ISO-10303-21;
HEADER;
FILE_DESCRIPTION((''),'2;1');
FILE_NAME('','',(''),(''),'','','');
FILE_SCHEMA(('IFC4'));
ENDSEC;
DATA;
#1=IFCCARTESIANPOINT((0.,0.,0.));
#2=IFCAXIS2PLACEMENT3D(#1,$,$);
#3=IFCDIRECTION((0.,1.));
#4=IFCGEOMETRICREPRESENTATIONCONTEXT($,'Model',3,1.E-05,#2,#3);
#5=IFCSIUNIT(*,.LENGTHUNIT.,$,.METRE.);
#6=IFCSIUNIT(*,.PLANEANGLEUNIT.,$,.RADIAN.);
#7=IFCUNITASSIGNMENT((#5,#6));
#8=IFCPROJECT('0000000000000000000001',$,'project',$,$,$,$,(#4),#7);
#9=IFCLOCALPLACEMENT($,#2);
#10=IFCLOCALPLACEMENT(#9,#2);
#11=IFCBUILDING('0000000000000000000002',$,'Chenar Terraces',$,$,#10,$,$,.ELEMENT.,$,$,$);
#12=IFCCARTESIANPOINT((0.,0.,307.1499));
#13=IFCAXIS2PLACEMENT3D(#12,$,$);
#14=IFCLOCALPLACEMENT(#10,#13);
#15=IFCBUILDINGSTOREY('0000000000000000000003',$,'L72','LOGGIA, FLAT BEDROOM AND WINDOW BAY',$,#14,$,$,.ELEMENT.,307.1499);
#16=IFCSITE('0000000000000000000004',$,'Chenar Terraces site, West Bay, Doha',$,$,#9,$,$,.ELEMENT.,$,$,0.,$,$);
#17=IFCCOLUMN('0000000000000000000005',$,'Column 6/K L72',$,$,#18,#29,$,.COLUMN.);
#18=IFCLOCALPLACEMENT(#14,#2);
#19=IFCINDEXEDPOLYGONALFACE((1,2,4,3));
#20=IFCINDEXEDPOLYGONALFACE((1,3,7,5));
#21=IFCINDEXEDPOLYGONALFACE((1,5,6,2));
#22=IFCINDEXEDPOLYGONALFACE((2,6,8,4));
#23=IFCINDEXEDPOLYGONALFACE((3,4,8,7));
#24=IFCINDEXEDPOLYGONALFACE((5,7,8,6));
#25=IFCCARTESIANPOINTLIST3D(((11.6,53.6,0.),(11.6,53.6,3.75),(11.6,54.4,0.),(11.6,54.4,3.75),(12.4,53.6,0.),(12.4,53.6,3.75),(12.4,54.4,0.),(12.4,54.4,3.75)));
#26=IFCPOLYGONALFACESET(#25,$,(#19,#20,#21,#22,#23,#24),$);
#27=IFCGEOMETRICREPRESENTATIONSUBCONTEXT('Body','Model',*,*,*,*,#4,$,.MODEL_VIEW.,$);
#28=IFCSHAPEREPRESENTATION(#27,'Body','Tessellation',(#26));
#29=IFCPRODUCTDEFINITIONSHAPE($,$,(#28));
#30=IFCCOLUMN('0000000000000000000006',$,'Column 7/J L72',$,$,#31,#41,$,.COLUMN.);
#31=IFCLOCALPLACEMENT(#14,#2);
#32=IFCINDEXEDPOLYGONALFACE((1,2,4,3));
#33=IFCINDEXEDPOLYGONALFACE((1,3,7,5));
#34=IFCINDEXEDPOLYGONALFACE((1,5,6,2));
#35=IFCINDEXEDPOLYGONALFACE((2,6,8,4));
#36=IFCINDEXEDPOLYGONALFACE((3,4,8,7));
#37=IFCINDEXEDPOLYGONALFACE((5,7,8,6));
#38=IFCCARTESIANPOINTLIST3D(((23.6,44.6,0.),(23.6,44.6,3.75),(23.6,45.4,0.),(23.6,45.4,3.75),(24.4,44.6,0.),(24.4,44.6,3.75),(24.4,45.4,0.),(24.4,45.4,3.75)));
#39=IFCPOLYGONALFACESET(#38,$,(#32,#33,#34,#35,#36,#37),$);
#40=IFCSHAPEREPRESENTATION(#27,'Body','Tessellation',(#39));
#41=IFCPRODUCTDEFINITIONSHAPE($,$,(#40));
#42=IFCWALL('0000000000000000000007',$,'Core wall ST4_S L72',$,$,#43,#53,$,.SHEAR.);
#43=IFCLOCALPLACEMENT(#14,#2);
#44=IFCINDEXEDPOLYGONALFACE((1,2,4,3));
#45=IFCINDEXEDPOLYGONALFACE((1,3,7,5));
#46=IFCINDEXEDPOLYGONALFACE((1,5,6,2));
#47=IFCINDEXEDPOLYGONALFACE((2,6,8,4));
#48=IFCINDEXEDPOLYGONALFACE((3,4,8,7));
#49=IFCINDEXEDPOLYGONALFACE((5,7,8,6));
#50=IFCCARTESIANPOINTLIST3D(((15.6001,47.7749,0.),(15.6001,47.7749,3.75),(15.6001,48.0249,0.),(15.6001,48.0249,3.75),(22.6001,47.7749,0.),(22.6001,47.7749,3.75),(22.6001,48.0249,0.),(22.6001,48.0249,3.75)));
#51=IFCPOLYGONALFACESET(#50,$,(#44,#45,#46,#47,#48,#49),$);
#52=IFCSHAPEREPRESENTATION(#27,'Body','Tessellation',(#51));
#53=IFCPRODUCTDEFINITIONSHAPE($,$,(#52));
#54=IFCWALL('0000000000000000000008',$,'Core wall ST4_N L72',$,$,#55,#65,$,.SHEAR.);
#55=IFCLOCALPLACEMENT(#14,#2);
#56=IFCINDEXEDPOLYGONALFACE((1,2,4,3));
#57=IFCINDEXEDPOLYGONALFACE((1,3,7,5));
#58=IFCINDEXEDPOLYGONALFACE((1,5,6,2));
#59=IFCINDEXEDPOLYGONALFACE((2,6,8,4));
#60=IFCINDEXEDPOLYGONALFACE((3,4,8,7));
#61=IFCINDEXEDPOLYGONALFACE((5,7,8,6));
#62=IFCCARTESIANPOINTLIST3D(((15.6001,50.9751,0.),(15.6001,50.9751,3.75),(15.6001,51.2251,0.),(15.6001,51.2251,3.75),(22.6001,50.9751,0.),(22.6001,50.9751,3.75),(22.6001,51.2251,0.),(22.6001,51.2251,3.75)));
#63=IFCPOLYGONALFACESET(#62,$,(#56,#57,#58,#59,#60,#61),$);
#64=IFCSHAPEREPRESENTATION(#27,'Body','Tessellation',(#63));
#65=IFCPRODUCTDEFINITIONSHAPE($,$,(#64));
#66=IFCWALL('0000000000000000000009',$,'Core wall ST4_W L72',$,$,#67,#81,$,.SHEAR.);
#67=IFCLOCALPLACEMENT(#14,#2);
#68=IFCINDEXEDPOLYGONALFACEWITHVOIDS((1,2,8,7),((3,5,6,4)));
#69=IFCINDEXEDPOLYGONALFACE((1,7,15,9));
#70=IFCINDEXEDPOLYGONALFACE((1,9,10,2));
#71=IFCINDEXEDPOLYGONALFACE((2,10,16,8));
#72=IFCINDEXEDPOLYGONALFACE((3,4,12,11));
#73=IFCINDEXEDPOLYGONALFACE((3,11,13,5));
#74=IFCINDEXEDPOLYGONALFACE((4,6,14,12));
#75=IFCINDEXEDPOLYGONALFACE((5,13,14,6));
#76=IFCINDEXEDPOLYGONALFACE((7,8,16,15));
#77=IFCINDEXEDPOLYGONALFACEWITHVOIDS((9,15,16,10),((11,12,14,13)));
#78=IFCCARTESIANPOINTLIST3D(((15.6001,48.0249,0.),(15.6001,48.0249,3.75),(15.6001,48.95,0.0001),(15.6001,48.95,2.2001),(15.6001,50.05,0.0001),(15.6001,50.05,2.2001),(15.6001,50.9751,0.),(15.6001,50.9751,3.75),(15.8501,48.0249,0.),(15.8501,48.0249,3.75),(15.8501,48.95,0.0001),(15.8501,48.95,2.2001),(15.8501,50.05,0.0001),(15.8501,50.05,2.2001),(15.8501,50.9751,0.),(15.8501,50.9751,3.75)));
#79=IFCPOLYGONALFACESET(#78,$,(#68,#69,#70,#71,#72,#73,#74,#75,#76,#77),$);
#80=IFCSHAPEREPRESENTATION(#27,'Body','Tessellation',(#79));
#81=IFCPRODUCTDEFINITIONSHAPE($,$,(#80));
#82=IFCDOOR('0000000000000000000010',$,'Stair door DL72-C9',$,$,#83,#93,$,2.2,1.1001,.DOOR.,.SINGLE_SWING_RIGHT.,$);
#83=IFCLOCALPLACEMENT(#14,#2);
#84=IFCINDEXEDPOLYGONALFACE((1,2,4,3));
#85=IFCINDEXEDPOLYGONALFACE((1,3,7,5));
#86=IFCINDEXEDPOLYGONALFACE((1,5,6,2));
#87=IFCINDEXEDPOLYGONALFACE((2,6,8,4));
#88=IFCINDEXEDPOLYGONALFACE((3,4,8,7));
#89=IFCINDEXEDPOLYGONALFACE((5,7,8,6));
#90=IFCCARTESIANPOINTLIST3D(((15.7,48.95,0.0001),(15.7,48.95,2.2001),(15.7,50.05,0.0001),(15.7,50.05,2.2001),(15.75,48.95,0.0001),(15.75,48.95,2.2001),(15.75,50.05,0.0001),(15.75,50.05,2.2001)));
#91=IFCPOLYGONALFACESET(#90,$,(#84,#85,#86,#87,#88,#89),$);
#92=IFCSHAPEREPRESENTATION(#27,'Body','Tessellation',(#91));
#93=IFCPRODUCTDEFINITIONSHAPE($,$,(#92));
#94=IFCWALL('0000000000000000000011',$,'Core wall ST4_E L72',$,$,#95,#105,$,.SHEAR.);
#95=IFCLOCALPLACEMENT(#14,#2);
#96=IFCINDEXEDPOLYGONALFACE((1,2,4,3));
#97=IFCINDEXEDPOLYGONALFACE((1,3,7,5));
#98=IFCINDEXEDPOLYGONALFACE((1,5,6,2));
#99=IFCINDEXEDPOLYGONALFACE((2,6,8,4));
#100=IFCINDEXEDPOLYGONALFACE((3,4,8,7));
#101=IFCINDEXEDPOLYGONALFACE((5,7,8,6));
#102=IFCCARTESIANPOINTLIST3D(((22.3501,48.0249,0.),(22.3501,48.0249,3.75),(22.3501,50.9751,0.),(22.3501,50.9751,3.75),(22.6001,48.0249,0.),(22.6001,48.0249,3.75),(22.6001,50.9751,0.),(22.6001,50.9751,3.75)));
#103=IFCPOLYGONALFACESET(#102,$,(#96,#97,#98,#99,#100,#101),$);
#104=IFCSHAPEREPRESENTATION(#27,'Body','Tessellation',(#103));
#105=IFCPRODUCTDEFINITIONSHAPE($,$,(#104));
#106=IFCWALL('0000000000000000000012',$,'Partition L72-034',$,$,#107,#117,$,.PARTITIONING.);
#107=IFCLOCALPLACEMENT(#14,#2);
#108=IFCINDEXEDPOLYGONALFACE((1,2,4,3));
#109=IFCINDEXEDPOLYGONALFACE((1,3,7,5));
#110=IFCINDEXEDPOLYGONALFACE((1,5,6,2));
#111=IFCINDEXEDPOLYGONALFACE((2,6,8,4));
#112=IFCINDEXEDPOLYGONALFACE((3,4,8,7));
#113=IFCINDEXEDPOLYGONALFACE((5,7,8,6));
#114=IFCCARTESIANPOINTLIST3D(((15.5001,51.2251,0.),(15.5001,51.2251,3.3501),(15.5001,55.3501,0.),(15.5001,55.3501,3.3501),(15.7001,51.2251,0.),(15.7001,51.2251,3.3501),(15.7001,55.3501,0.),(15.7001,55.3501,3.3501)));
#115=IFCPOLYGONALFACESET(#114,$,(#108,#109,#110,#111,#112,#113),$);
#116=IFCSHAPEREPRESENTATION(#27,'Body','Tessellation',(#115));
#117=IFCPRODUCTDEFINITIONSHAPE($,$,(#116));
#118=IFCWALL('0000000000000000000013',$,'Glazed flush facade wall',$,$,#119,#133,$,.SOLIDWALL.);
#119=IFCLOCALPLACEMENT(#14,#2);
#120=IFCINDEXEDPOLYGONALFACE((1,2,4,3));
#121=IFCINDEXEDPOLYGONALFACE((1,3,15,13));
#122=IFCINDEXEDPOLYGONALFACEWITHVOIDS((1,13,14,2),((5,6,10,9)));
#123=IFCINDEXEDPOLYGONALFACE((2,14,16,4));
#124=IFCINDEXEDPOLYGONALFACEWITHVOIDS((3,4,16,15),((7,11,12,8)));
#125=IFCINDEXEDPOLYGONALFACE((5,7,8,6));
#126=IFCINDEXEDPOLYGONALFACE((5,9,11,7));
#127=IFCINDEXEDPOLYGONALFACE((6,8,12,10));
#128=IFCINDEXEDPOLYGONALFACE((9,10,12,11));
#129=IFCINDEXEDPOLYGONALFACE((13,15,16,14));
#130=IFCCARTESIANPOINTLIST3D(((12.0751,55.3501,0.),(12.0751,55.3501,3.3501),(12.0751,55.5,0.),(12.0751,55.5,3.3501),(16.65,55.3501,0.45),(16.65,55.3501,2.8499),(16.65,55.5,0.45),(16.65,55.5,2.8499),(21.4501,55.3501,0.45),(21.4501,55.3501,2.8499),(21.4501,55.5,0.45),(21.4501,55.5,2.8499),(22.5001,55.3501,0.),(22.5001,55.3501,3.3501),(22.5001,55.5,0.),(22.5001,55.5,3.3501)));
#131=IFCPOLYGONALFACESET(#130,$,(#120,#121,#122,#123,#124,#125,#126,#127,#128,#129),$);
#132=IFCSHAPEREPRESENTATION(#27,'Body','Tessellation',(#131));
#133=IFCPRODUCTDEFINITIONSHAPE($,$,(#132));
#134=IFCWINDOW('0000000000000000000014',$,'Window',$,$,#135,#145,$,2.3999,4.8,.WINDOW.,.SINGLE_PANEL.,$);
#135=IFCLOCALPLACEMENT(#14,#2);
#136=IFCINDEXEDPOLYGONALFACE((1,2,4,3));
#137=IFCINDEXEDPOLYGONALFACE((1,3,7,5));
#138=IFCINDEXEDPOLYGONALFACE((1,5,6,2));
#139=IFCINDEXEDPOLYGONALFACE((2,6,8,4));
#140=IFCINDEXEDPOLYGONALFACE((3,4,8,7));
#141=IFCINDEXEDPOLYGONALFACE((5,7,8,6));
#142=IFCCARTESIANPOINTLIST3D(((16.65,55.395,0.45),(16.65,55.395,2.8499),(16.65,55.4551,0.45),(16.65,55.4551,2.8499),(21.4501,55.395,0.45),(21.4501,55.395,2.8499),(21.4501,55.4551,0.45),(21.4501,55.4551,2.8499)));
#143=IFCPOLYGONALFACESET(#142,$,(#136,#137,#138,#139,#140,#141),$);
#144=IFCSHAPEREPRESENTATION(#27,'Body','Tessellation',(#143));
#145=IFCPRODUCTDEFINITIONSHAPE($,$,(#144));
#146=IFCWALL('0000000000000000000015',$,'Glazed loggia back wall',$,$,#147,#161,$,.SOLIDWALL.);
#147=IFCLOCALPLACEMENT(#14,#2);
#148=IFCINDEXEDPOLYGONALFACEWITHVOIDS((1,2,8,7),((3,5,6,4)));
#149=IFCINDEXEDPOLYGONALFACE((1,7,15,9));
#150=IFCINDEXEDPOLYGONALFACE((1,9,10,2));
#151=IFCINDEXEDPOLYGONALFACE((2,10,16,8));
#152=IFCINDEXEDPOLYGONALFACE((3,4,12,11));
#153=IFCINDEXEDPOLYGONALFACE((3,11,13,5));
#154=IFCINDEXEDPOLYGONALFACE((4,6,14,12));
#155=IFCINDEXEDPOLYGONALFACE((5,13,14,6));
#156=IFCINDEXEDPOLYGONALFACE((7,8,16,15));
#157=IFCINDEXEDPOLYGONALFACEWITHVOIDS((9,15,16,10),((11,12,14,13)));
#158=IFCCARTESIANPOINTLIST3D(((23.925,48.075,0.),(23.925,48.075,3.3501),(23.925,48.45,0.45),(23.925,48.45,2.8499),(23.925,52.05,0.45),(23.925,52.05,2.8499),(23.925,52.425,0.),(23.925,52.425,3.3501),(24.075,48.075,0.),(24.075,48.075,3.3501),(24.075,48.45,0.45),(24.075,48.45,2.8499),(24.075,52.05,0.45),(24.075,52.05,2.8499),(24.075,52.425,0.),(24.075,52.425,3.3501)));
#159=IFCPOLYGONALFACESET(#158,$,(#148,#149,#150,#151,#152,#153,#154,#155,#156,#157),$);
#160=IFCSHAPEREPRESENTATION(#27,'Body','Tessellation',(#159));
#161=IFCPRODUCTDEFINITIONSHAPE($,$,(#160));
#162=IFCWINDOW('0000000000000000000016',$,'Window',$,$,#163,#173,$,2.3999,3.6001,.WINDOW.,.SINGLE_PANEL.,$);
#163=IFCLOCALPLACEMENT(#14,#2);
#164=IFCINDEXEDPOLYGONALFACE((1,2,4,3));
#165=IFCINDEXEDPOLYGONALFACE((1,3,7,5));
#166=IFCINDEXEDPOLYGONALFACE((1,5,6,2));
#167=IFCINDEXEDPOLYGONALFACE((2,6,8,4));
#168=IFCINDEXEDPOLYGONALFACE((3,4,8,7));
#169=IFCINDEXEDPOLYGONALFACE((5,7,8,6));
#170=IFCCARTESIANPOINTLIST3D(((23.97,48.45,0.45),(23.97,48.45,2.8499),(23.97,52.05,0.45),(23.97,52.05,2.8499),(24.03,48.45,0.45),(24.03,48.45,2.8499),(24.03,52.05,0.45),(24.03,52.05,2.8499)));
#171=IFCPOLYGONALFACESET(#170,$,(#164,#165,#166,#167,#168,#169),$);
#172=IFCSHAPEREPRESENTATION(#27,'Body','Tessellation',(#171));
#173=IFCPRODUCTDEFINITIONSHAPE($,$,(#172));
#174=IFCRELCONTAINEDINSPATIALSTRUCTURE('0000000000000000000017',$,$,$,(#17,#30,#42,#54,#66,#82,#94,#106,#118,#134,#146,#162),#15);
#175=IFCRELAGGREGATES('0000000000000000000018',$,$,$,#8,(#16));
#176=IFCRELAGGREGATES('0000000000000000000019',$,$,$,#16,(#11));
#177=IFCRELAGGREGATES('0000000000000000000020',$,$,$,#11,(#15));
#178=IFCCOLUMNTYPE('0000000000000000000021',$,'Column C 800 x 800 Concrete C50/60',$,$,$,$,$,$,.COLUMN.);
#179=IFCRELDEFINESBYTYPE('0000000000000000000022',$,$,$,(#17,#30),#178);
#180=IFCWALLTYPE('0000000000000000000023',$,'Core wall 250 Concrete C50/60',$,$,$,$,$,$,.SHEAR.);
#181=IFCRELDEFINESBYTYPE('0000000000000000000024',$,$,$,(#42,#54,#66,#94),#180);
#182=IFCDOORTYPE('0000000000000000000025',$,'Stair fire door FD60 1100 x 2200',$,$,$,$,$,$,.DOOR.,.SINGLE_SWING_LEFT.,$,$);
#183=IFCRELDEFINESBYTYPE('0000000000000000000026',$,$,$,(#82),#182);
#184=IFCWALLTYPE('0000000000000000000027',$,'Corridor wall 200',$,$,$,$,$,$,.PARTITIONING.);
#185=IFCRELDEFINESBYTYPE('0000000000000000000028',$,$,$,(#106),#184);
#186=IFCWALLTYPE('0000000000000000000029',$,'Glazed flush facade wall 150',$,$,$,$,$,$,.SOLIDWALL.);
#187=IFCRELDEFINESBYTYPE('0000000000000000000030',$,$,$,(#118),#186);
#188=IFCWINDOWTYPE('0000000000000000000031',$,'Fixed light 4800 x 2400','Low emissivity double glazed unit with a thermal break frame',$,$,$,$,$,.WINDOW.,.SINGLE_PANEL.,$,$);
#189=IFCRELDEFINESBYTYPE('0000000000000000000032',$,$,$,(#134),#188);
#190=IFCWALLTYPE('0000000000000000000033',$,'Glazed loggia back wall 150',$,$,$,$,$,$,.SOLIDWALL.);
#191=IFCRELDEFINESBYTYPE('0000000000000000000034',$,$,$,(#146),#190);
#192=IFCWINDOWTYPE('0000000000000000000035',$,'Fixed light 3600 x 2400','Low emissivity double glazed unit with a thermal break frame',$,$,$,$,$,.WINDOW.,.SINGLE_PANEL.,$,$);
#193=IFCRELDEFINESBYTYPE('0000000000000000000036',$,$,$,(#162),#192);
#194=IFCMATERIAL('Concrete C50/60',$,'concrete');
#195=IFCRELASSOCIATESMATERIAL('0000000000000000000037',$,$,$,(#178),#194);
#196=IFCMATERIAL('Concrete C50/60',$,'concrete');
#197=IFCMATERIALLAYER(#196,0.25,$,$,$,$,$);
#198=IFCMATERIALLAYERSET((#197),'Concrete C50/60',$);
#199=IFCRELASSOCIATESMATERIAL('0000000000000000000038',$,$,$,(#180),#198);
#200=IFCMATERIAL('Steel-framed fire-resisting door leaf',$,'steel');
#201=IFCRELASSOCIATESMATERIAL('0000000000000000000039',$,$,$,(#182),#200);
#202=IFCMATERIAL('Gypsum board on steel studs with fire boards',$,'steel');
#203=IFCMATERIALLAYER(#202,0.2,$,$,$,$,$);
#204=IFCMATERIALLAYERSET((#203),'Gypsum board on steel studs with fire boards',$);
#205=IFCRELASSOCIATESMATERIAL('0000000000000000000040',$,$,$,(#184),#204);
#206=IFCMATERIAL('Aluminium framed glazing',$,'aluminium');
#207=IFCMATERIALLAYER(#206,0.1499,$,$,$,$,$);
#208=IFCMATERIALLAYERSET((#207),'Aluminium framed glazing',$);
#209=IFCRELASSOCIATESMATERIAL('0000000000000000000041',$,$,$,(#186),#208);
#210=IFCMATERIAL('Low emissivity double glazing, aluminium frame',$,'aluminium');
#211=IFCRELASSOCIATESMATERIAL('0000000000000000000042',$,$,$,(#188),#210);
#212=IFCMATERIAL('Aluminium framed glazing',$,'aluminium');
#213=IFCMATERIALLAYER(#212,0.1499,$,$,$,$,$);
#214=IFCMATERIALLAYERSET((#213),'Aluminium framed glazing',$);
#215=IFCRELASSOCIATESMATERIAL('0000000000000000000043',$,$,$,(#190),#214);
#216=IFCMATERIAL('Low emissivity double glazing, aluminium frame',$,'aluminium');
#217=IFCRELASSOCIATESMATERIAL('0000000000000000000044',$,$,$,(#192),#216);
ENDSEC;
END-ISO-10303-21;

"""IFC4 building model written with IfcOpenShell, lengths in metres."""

from ifc_helpers import new_model, si_unit, direction, frame, frame_2d, origin, origin_2d, place, context, subcontext, project, spatial, rectangle, extrude, material, layer, layer_set, material_profile, profile_set, type_object, element, fill, save


model = new_model("IFC4")

# Units and contexts
model_context = context("Model", 3, precision=1e-05, world=origin(), true_north=direction((0.0, 1.0)))
body_context = subcontext(model_context, "Body", "Model", "MODEL_VIEW")
ifc_project = project(units=[si_unit("LENGTHUNIT", "METRE"), si_unit("PLANEANGLEUNIT", "RADIAN")], contexts=[model_context])

# Site, building, storey
site_placement = place(None, origin())
site = spatial("IfcSite", under=ifc_project, at=site_placement, Name="Chenar Terraces site, West Bay, Doha", CompositionType="ELEMENT", RefElevation=0.0)
building_placement = place(site_placement, origin())
building = spatial("IfcBuilding", under=site, at=building_placement, Name="Chenar Terraces", CompositionType="ELEMENT")
storey_placement = place(building_placement, frame((0.0, 0.0, 307.1499)))
storey = spatial("IfcBuildingStorey", under=building, at=storey_placement, Name="L72", Description="LOGGIA, FLAT BEDROOM AND WINDOW BAY", CompositionType="ELEMENT", Elevation=307.1499)

# Columns
ifc_material_1 = material(Name="Concrete C50/60", Category="concrete")
ifc_material_profile = material_profile(ifc_material_1, rectangle(XDim=0.8, YDim=0.8, at=origin_2d()), Name="C 800 x 800")
ifc_profile_set = profile_set([ifc_material_profile], Name="Concrete C50/60")
column_type = type_object("IfcColumnType", Name="Column C 800 x 800 Concrete C50/60", PredefinedType="COLUMN", material=ifc_profile_set)
for number, where, z_axis, x_axis, name in (
    (1, (12.0, 54.0, 0.0), (0.0, 0.0, 1.0), (1.0, 0.0, 0.0), "Column 6/K L72"),
    (2, (24.0, 45.0, 0.0), (0.0, 0.0, 1.0), (1.0, 0.0, 0.0), "Column 7/J L72"),
):
    element("IfcColumn", number, at=place(storey_placement, frame(where, z_axis=z_axis, x_axis=x_axis)), inside=storey, type_object=column_type, Name=name, PredefinedType="COLUMN", context=body_context, shape_type="SweptSolid", body=[
        extrude(rectangle(XDim=0.8, YDim=0.8, at=origin_2d()), origin(), (0.0, 0.0, 1.0), 3.75),
    ])

# Walls
ifc_material_2 = material(Name="Concrete C50/60", Category="concrete")
ifc_layer_1 = layer(ifc_material_2, 0.25)
ifc_layer_set_1 = layer_set([ifc_layer_1], Name="Concrete C50/60")
wall_type_1 = type_object("IfcWallType", Name="Core wall 250 Concrete C50/60", PredefinedType="SHEAR", material=ifc_layer_set_1)
for number, where, z_axis, x_axis, name in (
    (3, (15.6001, 47.8999, 0.0), (0.0, 0.0, 1.0), (1.0, 0.0, 0.0), "Core wall ST4_S L72"),
    (4, (15.6001, 51.1001, 0.0), (0.0, 0.0, 1.0), (1.0, 0.0, 0.0), "Core wall ST4_N L72"),
):
    element("IfcWall", number, at=place(storey_placement, frame(where, z_axis=z_axis, x_axis=x_axis)), inside=storey, type_object=wall_type_1, Name=name, PredefinedType="SHEAR", context=body_context, shape_type="SweptSolid", body=[
        extrude(rectangle(XDim=7.0, YDim=0.25, at=frame_2d((3.5, 0.0))), origin(), (0.0, 0.0, 1.0), 3.75),
    ])

# Wall, opening, door
wall_1_placement = place(storey_placement, frame((15.7251, 48.0249, 0.0), z_axis=(0.0, 0.0, 1.0), x_axis=(0.0, 1.0, 0.0)))
wall_1 = element("IfcWall", 5, at=wall_1_placement, inside=storey, type_object=wall_type_1, Name="Core wall ST4_W L72", PredefinedType="SHEAR", context=body_context, shape_type="SweptSolid", body=[
    extrude(rectangle(XDim=2.9502, YDim=0.25, at=frame_2d((1.4751, 0.0))), origin(), (0.0, 0.0, 1.0), 3.75),
])
opening_1_placement = place(wall_1_placement, frame((0.925, 0.0, 0.0)))
opening_1 = element("IfcOpeningElement", 6, at=opening_1_placement, cuts=wall_1, PredefinedType="OPENING", context=body_context, shape_type="SweptSolid", body=[
    extrude(rectangle(XDim=1.1001, YDim=2.2, at=frame_2d((0.55, 1.1001))), frame((0.0, 0.135, 0.0), z_axis=(0.0, -1.0, 0.0), x_axis=(1.0, 0.0, 0.0)), (0.0, 0.0, 1.0), 0.27),
])
ifc_material_3 = material(Name="Steel-framed fire-resisting door leaf", Category="steel")
door_type = type_object("IfcDoorType", Name="Stair fire door FD60 1100 x 2200", OperationType="SINGLE_SWING_LEFT", PredefinedType="DOOR", material=ifc_material_3)
door_placement = place(opening_1_placement, frame((1.1001, 0.0, 0.0), z_axis=(0.0, 0.0, 1.0), x_axis=(-1.0, 0.0, 0.0)))
door = element("IfcDoor", 7, at=door_placement, inside=storey, type_object=door_type, Name="Stair door DL72-C9", OperationType="SINGLE_SWING_RIGHT", OverallHeight=2.2, OverallWidth=1.1001, PredefinedType="DOOR", context=body_context, shape_type="SweptSolid", body=[
    extrude(rectangle(XDim=1.1001, YDim=2.2, at=frame_2d((0.55, 1.1001))), frame((0.0, 0.0249, 0.0), z_axis=(0.0, -1.0, 0.0), x_axis=(1.0, 0.0, 0.0)), (0.0, 0.0, 1.0), 0.05),
])
fill(opening_1, door)

# Walls
wall_2_placement = place(storey_placement, frame((22.4751, 48.0249, 0.0), z_axis=(0.0, 0.0, 1.0), x_axis=(0.0, 1.0, 0.0)))
element("IfcWall", 8, at=wall_2_placement, inside=storey, type_object=wall_type_1, Name="Core wall ST4_E L72", PredefinedType="SHEAR", context=body_context, shape_type="SweptSolid", body=[
    extrude(rectangle(XDim=2.9502, YDim=0.25, at=frame_2d((1.4751, 0.0))), origin(), (0.0, 0.0, 1.0), 3.75),
])
ifc_material_4 = material(Name="Gypsum board on steel studs with fire boards", Category="steel")
ifc_layer_2 = layer(ifc_material_4, 0.2)
ifc_layer_set_2 = layer_set([ifc_layer_2], Name="Gypsum board on steel studs with fire boards")
wall_type_2 = type_object("IfcWallType", Name="Corridor wall 200", PredefinedType="PARTITIONING", material=ifc_layer_set_2)
wall_3_placement = place(storey_placement, frame((15.6001, 51.2251, 0.0), z_axis=(0.0, 0.0, 1.0), x_axis=(0.0, 1.0, 0.0)))
element("IfcWall", 9, at=wall_3_placement, inside=storey, type_object=wall_type_2, Name="Partition L72-034", PredefinedType="PARTITIONING", context=body_context, shape_type="SweptSolid", body=[
    extrude(rectangle(XDim=4.125, YDim=0.2, at=frame_2d((2.0625, 0.0))), origin(), (0.0, 0.0, 1.0), 3.3501),
])

# Walls, openings, windows
ifc_material_5 = material(Name="Aluminium framed glazing", Category="aluminium")
ifc_layer_3 = layer(ifc_material_5, 0.1499)
ifc_layer_set_3 = layer_set([ifc_layer_3], Name="Aluminium framed glazing")
wall_type_3 = type_object("IfcWallType", Name="Glazed flush facade wall 150", PredefinedType="SOLIDWALL", material=ifc_layer_set_3)
wall_4_placement = place(storey_placement, frame((22.5, 55.425, 0.0), z_axis=(0.0, 0.0, 1.0), x_axis=(-1.0, 0.0, 0.0)))
wall_4 = element("IfcWall", 10, at=wall_4_placement, inside=storey, type_object=wall_type_3, Name="Glazed flush facade wall", PredefinedType="SOLIDWALL", context=body_context, shape_type="SweptSolid", body=[
    extrude(rectangle(XDim=10.425, YDim=0.1499, at=frame_2d((5.2124, 0.0))), origin(), (0.0, 0.0, 1.0), 3.3501),
])
opening_2_placement = place(wall_4_placement, frame((1.05, 0.0, 0.45)))
opening_2 = element("IfcOpeningElement", 11, at=opening_2_placement, cuts=wall_4, PredefinedType="OPENING", context=body_context, shape_type="SweptSolid", body=[
    extrude(rectangle(XDim=4.8, YDim=2.3999, at=frame_2d((2.3999, 1.2))), frame((0.0, 0.085, 0.0), z_axis=(0.0, -1.0, 0.0), x_axis=(1.0, 0.0, 0.0)), (0.0, 0.0, 1.0), 0.1699),
])
ifc_material_6 = material(Name="Low emissivity double glazing, aluminium frame", Category="aluminium")
window_type_1 = type_object("IfcWindowType", Name="Fixed light 4800 x 2400", Description="Low emissivity double glazed unit with a thermal break frame", PartitioningType="SINGLE_PANEL", PredefinedType="WINDOW", material=ifc_material_6)
window_1_placement = place(opening_2_placement, origin())
window_1 = element("IfcWindow", 12, at=window_1_placement, inside=storey, type_object=window_type_1, Name="Window", OverallHeight=2.3999, OverallWidth=4.8, PartitioningType="SINGLE_PANEL", PredefinedType="WINDOW", context=body_context, shape_type="SweptSolid", body=[
    extrude(rectangle(XDim=4.8, YDim=2.3999, at=frame_2d((2.3999, 1.2))), frame((0.0, 0.03, 0.0), z_axis=(0.0, -1.0, 0.0), x_axis=(1.0, 0.0, 0.0)), (0.0, 0.0, 1.0), 0.0601),
])
fill(opening_2, window_1)
ifc_material_7 = material(Name="Aluminium framed glazing", Category="aluminium")
ifc_layer_4 = layer(ifc_material_7, 0.1499)
ifc_layer_set_4 = layer_set([ifc_layer_4], Name="Aluminium framed glazing")
wall_type_4 = type_object("IfcWallType", Name="Glazed loggia back wall 150", PredefinedType="SOLIDWALL", material=ifc_layer_set_4)
wall_5_placement = place(storey_placement, frame((24.0, 48.075, 0.0), z_axis=(0.0, 0.0, 1.0), x_axis=(0.0, 1.0, 0.0)))
wall_5 = element("IfcWall", 13, at=wall_5_placement, inside=storey, type_object=wall_type_4, Name="Glazed loggia back wall", PredefinedType="SOLIDWALL", context=body_context, shape_type="SweptSolid", body=[
    extrude(rectangle(XDim=4.3501, YDim=0.1499, at=frame_2d((2.175, 0.0))), origin(), (0.0, 0.0, 1.0), 3.3501),
])
opening_3_placement = place(wall_5_placement, frame((0.375, 0.0, 0.45)))
opening_3 = element("IfcOpeningElement", 14, at=opening_3_placement, cuts=wall_5, PredefinedType="OPENING", context=body_context, shape_type="SweptSolid", body=[
    extrude(rectangle(XDim=3.6001, YDim=2.3999, at=frame_2d((1.8, 1.2))), frame((0.0, 0.085, 0.0), z_axis=(0.0, -1.0, 0.0), x_axis=(1.0, 0.0, 0.0)), (0.0, 0.0, 1.0), 0.1699),
])
ifc_material_8 = material(Name="Low emissivity double glazing, aluminium frame", Category="aluminium")
window_type_2 = type_object("IfcWindowType", Name="Fixed light 3600 x 2400", Description="Low emissivity double glazed unit with a thermal break frame", PartitioningType="SINGLE_PANEL", PredefinedType="WINDOW", material=ifc_material_8)
window_2_placement = place(opening_3_placement, origin())
window_2 = element("IfcWindow", 15, at=window_2_placement, inside=storey, type_object=window_type_2, Name="Window", OverallHeight=2.3999, OverallWidth=3.6001, PartitioningType="SINGLE_PANEL", PredefinedType="WINDOW", context=body_context, shape_type="SweptSolid", body=[
    extrude(rectangle(XDim=3.6001, YDim=2.3999, at=frame_2d((1.8, 1.2))), frame((0.0, 0.03, 0.0), z_axis=(0.0, -1.0, 0.0), x_axis=(1.0, 0.0, 0.0)), (0.0, 0.0, 1.0), 0.0601),
])
fill(opening_3, window_2)

save(model, "model.ifc")
